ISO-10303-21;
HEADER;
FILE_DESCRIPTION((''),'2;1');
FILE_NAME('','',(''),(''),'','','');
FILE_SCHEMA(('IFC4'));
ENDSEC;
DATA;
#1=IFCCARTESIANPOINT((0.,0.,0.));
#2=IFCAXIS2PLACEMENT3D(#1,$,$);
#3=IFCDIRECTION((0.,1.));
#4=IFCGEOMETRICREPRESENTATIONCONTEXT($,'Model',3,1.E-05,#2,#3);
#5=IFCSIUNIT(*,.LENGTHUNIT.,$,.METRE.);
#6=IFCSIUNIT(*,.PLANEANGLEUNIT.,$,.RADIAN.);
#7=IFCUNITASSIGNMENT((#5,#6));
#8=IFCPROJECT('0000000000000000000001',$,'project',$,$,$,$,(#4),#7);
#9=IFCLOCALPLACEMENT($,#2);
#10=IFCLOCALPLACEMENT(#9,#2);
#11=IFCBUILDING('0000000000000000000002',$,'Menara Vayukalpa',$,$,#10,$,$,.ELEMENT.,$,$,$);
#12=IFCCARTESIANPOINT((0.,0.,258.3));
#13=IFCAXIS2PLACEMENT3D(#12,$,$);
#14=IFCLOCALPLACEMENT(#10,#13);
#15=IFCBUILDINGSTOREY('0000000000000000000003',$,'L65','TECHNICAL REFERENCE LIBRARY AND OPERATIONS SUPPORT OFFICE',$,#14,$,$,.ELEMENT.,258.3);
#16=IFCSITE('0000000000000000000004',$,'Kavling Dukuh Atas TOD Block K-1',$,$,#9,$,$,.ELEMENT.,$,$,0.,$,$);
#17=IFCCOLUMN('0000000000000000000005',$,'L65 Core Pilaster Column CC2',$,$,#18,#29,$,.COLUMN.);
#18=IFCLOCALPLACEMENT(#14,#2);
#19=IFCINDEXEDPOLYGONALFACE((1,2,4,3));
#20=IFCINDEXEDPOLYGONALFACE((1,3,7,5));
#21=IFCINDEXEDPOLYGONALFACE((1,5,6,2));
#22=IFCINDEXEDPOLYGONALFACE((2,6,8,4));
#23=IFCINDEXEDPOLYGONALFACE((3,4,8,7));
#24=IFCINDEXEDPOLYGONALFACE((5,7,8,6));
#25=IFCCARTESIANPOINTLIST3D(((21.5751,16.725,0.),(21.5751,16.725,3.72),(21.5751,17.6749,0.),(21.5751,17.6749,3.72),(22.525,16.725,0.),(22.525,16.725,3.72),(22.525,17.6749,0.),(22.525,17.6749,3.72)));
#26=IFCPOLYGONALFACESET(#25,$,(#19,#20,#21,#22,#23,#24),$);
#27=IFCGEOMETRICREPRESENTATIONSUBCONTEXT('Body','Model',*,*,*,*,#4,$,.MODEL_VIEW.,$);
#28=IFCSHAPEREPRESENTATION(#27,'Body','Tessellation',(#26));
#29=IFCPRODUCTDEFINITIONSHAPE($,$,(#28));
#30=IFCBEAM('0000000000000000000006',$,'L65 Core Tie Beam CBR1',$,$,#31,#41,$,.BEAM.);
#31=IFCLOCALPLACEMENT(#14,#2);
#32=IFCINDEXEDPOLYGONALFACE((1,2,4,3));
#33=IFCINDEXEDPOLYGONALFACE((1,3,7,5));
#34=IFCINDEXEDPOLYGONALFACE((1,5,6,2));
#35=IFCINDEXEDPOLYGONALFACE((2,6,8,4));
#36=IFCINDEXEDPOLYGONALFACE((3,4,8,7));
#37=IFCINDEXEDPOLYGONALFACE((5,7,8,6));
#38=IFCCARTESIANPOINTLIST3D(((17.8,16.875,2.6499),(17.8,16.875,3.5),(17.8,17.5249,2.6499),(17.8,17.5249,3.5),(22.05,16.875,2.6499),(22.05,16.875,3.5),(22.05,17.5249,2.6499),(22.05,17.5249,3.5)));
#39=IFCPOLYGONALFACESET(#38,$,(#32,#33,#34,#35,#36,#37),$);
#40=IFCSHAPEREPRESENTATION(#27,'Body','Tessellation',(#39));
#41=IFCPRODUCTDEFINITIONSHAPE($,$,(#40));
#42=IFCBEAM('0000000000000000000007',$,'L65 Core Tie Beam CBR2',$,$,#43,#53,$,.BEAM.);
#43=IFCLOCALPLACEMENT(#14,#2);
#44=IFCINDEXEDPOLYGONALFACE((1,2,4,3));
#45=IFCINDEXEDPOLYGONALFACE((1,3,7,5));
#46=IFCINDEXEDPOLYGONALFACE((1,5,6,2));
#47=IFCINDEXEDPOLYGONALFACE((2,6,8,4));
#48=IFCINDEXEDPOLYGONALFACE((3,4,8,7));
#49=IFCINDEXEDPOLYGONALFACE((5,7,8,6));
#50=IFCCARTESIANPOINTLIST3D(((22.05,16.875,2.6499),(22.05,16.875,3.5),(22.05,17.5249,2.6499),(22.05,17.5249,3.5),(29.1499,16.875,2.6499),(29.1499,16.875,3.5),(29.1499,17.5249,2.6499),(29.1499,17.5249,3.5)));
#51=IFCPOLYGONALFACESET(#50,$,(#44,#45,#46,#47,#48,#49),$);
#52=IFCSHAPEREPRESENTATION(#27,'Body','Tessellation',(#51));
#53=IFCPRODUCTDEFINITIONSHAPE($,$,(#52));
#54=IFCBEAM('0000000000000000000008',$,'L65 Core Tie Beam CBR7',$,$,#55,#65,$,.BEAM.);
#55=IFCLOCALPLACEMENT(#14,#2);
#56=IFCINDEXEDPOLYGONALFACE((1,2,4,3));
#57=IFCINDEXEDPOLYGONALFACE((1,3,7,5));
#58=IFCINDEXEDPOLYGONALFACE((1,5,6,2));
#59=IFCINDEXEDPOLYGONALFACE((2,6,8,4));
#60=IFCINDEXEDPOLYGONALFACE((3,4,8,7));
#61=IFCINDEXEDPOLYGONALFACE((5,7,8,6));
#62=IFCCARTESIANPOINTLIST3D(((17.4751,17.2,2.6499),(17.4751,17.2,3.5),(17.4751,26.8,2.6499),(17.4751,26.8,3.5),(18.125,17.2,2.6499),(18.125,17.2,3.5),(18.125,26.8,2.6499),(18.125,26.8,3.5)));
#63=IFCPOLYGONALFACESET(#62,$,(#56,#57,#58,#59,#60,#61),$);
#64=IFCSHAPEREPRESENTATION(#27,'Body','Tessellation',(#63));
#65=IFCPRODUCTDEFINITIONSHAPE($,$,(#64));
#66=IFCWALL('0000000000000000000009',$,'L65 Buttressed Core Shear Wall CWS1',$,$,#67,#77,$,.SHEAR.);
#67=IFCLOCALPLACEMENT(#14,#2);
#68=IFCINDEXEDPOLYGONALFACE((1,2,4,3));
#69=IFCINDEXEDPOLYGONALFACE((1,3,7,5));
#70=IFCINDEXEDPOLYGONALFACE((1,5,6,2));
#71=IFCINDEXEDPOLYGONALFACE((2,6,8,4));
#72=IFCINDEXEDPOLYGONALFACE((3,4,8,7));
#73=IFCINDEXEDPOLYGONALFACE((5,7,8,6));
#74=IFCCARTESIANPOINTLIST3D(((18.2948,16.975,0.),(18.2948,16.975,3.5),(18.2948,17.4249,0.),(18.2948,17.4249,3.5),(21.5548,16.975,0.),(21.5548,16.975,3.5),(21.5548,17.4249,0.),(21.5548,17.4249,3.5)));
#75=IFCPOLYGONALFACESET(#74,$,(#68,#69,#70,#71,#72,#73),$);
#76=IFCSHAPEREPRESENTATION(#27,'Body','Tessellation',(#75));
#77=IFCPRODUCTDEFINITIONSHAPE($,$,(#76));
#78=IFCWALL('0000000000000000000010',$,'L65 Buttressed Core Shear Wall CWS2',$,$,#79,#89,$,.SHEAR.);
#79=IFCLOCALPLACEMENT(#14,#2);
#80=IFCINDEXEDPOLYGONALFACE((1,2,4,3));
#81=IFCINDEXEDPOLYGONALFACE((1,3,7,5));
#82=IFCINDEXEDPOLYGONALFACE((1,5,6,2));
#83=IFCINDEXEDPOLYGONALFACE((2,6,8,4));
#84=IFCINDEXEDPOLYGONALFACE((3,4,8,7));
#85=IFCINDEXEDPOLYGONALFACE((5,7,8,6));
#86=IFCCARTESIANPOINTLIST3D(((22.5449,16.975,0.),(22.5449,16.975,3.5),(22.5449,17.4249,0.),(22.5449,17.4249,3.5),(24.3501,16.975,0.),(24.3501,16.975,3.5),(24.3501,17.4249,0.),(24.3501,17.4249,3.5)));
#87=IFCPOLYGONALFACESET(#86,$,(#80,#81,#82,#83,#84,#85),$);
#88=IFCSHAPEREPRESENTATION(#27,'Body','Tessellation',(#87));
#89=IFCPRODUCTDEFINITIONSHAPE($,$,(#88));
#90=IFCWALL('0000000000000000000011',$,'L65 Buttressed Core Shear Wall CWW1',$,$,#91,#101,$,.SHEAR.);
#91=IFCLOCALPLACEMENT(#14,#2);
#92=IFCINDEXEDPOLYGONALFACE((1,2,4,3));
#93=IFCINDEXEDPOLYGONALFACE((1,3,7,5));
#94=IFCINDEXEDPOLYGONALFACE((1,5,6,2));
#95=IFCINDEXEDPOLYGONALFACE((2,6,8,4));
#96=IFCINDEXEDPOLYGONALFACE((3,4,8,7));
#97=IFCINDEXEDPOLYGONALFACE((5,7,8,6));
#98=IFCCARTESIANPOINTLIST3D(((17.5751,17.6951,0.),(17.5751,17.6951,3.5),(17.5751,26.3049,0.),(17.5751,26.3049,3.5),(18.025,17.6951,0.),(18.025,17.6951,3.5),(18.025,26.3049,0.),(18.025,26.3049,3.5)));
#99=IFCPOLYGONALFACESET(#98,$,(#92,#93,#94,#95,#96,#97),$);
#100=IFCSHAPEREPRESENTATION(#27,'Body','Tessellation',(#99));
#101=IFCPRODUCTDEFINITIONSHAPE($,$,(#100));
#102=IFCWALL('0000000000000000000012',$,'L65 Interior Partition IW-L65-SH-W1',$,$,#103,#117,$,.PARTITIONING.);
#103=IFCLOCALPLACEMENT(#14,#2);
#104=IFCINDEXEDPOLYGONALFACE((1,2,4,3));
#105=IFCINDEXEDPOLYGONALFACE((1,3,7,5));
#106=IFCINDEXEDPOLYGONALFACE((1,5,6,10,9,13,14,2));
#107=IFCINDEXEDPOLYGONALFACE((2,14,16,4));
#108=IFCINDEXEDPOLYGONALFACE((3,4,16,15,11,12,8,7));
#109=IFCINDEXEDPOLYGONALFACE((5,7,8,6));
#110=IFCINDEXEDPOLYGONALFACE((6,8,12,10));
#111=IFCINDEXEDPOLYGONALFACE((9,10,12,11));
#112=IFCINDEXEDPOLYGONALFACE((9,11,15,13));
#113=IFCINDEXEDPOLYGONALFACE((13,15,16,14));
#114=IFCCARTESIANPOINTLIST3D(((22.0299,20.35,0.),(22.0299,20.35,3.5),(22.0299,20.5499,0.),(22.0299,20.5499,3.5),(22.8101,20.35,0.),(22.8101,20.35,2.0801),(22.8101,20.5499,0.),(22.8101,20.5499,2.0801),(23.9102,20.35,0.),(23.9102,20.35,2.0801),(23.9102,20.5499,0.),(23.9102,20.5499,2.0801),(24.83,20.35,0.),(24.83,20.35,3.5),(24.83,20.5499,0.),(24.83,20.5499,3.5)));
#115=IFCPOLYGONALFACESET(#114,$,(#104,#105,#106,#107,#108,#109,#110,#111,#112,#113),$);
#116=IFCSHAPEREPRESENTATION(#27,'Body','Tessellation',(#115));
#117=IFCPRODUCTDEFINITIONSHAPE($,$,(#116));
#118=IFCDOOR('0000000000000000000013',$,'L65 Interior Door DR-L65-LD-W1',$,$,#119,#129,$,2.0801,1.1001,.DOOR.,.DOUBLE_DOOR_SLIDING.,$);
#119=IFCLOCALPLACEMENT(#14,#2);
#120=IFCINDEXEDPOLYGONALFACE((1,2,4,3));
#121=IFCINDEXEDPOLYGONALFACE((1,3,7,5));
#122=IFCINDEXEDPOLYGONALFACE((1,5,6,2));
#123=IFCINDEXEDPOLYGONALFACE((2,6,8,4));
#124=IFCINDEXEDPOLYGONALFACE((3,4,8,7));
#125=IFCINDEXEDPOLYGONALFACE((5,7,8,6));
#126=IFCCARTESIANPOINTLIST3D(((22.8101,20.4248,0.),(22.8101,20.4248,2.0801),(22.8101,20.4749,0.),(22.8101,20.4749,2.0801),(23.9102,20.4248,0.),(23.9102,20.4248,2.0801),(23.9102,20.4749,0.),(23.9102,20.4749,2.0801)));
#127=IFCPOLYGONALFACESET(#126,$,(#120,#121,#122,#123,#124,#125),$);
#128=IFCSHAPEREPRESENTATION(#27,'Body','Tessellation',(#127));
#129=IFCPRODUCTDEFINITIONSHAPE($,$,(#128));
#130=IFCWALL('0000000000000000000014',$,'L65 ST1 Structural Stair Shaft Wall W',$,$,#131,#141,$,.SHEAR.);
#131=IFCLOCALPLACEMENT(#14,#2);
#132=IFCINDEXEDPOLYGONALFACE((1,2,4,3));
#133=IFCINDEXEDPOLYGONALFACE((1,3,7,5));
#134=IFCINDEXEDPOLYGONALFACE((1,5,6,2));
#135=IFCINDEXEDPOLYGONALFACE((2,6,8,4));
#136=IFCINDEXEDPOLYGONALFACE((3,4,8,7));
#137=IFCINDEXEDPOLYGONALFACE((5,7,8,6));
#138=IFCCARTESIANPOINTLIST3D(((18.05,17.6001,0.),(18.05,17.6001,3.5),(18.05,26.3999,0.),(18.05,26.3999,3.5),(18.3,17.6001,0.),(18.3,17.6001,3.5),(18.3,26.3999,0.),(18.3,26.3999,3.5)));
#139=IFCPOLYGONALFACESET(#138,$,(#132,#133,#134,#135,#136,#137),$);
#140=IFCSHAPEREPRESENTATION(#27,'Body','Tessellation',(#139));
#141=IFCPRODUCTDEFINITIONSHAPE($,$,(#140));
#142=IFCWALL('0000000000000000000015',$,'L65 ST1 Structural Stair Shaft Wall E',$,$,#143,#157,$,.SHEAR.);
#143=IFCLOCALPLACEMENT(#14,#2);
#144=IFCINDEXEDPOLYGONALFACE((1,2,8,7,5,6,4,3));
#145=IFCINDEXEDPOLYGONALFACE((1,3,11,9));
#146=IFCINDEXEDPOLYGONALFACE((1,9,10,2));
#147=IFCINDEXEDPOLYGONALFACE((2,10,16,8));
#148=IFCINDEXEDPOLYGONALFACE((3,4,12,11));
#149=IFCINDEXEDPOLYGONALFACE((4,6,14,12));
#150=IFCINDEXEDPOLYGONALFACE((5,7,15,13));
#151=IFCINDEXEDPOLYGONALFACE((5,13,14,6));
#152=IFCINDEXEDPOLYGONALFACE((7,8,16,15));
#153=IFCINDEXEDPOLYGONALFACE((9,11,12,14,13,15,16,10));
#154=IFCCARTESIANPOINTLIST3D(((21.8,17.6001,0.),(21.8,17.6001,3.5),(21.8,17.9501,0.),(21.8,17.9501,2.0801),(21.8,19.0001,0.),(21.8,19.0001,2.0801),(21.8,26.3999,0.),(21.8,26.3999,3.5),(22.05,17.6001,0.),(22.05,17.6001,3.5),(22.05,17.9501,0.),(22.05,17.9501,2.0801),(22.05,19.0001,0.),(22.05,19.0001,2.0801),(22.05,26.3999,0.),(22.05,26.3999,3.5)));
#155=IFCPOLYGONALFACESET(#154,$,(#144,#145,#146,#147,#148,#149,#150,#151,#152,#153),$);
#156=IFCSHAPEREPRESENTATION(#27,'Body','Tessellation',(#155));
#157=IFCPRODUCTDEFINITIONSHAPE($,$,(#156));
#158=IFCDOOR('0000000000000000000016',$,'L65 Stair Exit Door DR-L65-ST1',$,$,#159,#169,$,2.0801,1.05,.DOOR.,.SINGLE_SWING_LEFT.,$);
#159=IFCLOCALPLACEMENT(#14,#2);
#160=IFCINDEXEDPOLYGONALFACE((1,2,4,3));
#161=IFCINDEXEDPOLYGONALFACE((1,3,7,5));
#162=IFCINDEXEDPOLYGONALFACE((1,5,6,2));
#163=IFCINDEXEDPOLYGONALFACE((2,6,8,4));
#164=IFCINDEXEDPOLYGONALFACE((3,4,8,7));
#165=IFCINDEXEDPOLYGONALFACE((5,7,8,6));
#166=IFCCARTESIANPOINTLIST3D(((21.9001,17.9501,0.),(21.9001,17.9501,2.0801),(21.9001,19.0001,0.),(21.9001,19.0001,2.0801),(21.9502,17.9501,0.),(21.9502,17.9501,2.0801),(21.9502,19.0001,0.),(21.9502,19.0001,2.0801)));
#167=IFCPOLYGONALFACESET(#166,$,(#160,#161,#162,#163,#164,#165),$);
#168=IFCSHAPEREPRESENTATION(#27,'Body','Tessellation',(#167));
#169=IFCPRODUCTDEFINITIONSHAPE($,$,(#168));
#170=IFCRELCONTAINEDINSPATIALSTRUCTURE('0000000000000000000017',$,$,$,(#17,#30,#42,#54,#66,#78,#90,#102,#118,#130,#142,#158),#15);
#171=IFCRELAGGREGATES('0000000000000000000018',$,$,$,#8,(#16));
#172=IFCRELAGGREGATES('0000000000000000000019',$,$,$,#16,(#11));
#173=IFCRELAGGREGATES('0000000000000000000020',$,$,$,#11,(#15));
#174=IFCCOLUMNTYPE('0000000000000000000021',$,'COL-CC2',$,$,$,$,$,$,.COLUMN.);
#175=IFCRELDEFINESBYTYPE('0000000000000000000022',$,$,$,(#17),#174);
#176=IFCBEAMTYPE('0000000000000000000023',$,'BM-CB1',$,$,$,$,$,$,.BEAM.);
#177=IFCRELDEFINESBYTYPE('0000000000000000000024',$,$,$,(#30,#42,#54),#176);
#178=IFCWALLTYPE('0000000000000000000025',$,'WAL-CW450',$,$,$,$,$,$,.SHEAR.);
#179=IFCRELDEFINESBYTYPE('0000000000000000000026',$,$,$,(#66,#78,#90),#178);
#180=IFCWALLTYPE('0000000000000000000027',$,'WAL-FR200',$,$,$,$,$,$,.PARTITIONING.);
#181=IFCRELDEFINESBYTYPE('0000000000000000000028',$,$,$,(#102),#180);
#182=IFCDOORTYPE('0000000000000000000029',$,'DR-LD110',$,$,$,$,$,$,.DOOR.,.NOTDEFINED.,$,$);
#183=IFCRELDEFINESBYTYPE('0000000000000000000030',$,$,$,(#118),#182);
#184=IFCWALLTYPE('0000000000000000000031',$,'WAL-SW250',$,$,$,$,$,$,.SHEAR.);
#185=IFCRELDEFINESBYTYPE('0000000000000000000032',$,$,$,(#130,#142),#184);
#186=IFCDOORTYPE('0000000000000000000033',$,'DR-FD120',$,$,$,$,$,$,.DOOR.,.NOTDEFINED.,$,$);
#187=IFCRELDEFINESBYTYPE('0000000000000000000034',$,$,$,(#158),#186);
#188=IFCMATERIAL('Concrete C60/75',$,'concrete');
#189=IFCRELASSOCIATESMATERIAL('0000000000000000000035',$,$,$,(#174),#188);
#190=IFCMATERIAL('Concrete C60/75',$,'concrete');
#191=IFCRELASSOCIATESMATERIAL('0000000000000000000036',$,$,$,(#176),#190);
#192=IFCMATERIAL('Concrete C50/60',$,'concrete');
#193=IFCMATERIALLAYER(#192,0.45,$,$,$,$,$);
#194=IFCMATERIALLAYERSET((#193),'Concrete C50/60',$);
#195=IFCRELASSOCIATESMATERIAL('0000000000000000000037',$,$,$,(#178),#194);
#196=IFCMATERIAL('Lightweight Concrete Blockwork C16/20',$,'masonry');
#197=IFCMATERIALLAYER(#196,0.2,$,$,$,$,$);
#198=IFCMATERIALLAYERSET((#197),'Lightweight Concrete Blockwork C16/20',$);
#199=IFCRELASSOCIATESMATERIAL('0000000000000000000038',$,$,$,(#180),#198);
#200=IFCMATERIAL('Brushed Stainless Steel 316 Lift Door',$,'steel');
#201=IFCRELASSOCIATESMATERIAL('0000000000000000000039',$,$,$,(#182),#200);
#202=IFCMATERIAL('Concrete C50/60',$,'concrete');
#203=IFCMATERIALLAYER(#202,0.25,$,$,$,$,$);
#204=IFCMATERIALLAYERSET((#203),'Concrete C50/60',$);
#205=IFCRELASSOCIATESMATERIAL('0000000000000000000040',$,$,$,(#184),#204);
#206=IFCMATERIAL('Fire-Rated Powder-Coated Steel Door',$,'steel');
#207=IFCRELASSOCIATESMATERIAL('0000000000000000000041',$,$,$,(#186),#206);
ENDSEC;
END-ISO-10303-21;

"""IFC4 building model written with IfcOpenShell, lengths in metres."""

from ifc_helpers import new_model, si_unit, direction, frame, frame_2d, origin, origin_2d, place, context, subcontext, project, spatial, rectangle, extrude, material, layer, layer_set, material_profile, profile_set, type_object, element, fill, save


model = new_model("IFC4")

# Units and contexts
model_context = context("Model", 3, precision=1e-05, world=origin(), true_north=direction((0.0, 1.0)))
body_context = subcontext(model_context, "Body", "Model", "MODEL_VIEW")
ifc_project = project(units=[si_unit("LENGTHUNIT", "METRE"), si_unit("PLANEANGLEUNIT", "RADIAN")], contexts=[model_context])

# Site, building, storey
site_placement = place(None, origin())
site = spatial("IfcSite", under=ifc_project, at=site_placement, Name="Kavling Dukuh Atas TOD Block K-1", CompositionType="ELEMENT", RefElevation=0.0)
building_placement = place(site_placement, origin())
building = spatial("IfcBuilding", under=site, at=building_placement, Name="Menara Vayukalpa", CompositionType="ELEMENT")
storey_placement = place(building_placement, frame((0.0, 0.0, 258.3)))
storey = spatial("IfcBuildingStorey", under=building, at=storey_placement, Name="L65", Description="TECHNICAL REFERENCE LIBRARY AND OPERATIONS SUPPORT OFFICE", CompositionType="ELEMENT", Elevation=258.3)

# Column
ifc_material_1 = material(Name="Concrete C60/75", Category="concrete")
ifc_material_profile_1 = material_profile(ifc_material_1, rectangle(XDim=0.95, YDim=0.95, at=origin_2d()), Name="RC 950x950")
ifc_profile_set_1 = profile_set([ifc_material_profile_1], Name="Concrete C60/75")
column_type = type_object("IfcColumnType", Name="COL-CC2", PredefinedType="COLUMN", material=ifc_profile_set_1)
column_placement = place(storey_placement, frame((22.05, 17.2, 0.0), z_axis=(0.0, 0.0, 1.0), x_axis=(1.0, 0.0, 0.0)))
element("IfcColumn", 1, at=column_placement, inside=storey, type_object=column_type, Name="L65 Core Pilaster Column CC2", PredefinedType="COLUMN", context=body_context, shape_type="SweptSolid", body=[
    extrude(rectangle(XDim=0.95, YDim=0.95, at=origin_2d()), origin(), (0.0, 0.0, 1.0), 3.72),
])

# Beams
ifc_material_2 = material(Name="Concrete C60/75", Category="concrete")
ifc_material_profile_2 = material_profile(ifc_material_2, rectangle(XDim=0.6499, YDim=0.8501, at=origin_2d()), Name="RC 650x850")
ifc_profile_set_2 = profile_set([ifc_material_profile_2], Name="Concrete C60/75")
beam_type = type_object("IfcBeamType", Name="BM-CB1", PredefinedType="BEAM", material=ifc_profile_set_2)
beam_1_placement = place(storey_placement, frame((17.8, 17.2, 3.075), z_axis=(1.0, 0.0, 0.0), x_axis=(0.0, 1.0, 0.0)))
element("IfcBeam", 2, at=beam_1_placement, inside=storey, type_object=beam_type, Name="L65 Core Tie Beam CBR1", PredefinedType="BEAM", context=body_context, shape_type="SweptSolid", body=[
    extrude(rectangle(XDim=0.6499, YDim=0.8501, at=origin_2d()), origin(), (0.0, 0.0, 1.0), 4.25),
])
beam_2_placement = place(storey_placement, frame((22.05, 17.2, 3.075), z_axis=(1.0, 0.0, 0.0), x_axis=(0.0, 1.0, 0.0)))
element("IfcBeam", 3, at=beam_2_placement, inside=storey, type_object=beam_type, Name="L65 Core Tie Beam CBR2", PredefinedType="BEAM", context=body_context, shape_type="SweptSolid", body=[
    extrude(rectangle(XDim=0.6499, YDim=0.8501, at=origin_2d()), origin(), (0.0, 0.0, 1.0), 7.0999),
])
beam_3_placement = place(storey_placement, frame((17.8, 17.2, 3.075), z_axis=(0.0, 1.0, 0.0), x_axis=(-1.0, 0.0, 0.0)))
element("IfcBeam", 4, at=beam_3_placement, inside=storey, type_object=beam_type, Name="L65 Core Tie Beam CBR7", PredefinedType="BEAM", context=body_context, shape_type="SweptSolid", body=[
    extrude(rectangle(XDim=0.6499, YDim=0.8501, at=origin_2d()), origin(), (0.0, 0.0, 1.0), 9.6001),
])

# Walls
ifc_material_3 = material(Name="Concrete C50/60", Category="concrete")
ifc_layer_1 = layer(ifc_material_3, 0.45)
ifc_layer_set_1 = layer_set([ifc_layer_1], Name="Concrete C50/60")
wall_type_1 = type_object("IfcWallType", Name="WAL-CW450", PredefinedType="SHEAR", material=ifc_layer_set_1)
wall_1_placement = place(storey_placement, frame((18.2949, 17.2, 0.0), z_axis=(0.0, 0.0, 1.0), x_axis=(1.0, 0.0, 0.0)))
element("IfcWall", 5, at=wall_1_placement, inside=storey, type_object=wall_type_1, Name="L65 Buttressed Core Shear Wall CWS1", PredefinedType="SHEAR", context=body_context, shape_type="SweptSolid", body=[
    extrude(rectangle(XDim=3.26, YDim=0.45, at=frame_2d((1.6299, 0.0))), origin(), (0.0, 0.0, 1.0), 3.5),
])
wall_2_placement = place(storey_placement, frame((22.5449, 17.2, 0.0), z_axis=(0.0, 0.0, 1.0), x_axis=(1.0, 0.0, 0.0)))
element("IfcWall", 6, at=wall_2_placement, inside=storey, type_object=wall_type_1, Name="L65 Buttressed Core Shear Wall CWS2", PredefinedType="SHEAR", context=body_context, shape_type="SweptSolid", body=[
    extrude(rectangle(XDim=1.8052, YDim=0.45, at=frame_2d((0.9026, 0.0))), origin(), (0.0, 0.0, 1.0), 3.5),
])
wall_3_placement = place(storey_placement, frame((17.8, 17.6951, 0.0), z_axis=(0.0, 0.0, 1.0), x_axis=(0.0, 1.0, 0.0)))
element("IfcWall", 7, at=wall_3_placement, inside=storey, type_object=wall_type_1, Name="L65 Buttressed Core Shear Wall CWW1", PredefinedType="SHEAR", context=body_context, shape_type="SweptSolid", body=[
    extrude(rectangle(XDim=8.6099, YDim=0.45, at=frame_2d((4.3049, 0.0))), origin(), (0.0, 0.0, 1.0), 3.5),
])

# Wall, opening, door
ifc_material_4 = material(Name="Lightweight Concrete Blockwork C16/20", Category="masonry")
ifc_layer_2 = layer(ifc_material_4, 0.2)
ifc_layer_set_2 = layer_set([ifc_layer_2], Name="Lightweight Concrete Blockwork C16/20")
wall_type_2 = type_object("IfcWallType", Name="WAL-FR200", PredefinedType="PARTITIONING", material=ifc_layer_set_2)
wall_4_placement = place(storey_placement, frame((22.03, 20.45, 0.0), z_axis=(0.0, 0.0, 1.0), x_axis=(1.0, 0.0, 0.0)))
wall_4 = element("IfcWall", 8, at=wall_4_placement, inside=storey, type_object=wall_type_2, Name="L65 Interior Partition IW-L65-SH-W1", PredefinedType="PARTITIONING", context=body_context, shape_type="SweptSolid", body=[
    extrude(rectangle(XDim=2.8, YDim=0.2, at=frame_2d((1.3999, 0.0))), origin(), (0.0, 0.0, 1.0), 3.5),
])
opening_1_placement = place(wall_4_placement, frame((0.78, 0.0, 0.0)))
opening_1 = element("IfcOpeningElement", 9, at=opening_1_placement, cuts=wall_4, PredefinedType="OPENING", context=body_context, shape_type="SweptSolid", body=[
    extrude(rectangle(XDim=1.1001, YDim=2.0801, at=frame_2d((0.55, 1.04))), frame((0.0, 0.1099, 0.0), z_axis=(0.0, -1.0, 0.0), x_axis=(1.0, 0.0, 0.0)), (0.0, 0.0, 1.0), 0.22),
])
ifc_material_5 = material(Name="Brushed Stainless Steel 316 Lift Door", Category="steel")
door_type_1 = type_object("IfcDoorType", Name="DR-LD110", OperationType="NOTDEFINED", PredefinedType="DOOR", material=ifc_material_5)
door_1_placement = place(opening_1_placement, origin())
door_1 = element("IfcDoor", 10, at=door_1_placement, inside=storey, type_object=door_type_1, Name="L65 Interior Door DR-L65-LD-W1", OperationType="DOUBLE_DOOR_SLIDING", OverallHeight=2.0801, OverallWidth=1.1001, PredefinedType="DOOR", context=body_context, shape_type="SweptSolid", body=[
    extrude(rectangle(XDim=1.1001, YDim=2.0801, at=frame_2d((0.55, 1.04))), frame((0.0, 0.0249, 0.0), z_axis=(0.0, -1.0, 0.0), x_axis=(1.0, 0.0, 0.0)), (0.0, 0.0, 1.0), 0.05),
])
fill(opening_1, door_1)

# Wall
ifc_material_6 = material(Name="Concrete C50/60", Category="concrete")
ifc_layer_3 = layer(ifc_material_6, 0.25)
ifc_layer_set_3 = layer_set([ifc_layer_3], Name="Concrete C50/60")
wall_type_3 = type_object("IfcWallType", Name="WAL-SW250", PredefinedType="SHEAR", material=ifc_layer_set_3)
wall_5_placement = place(storey_placement, frame((18.175, 17.6001, 0.0), z_axis=(0.0, 0.0, 1.0), x_axis=(0.0, 1.0, 0.0)))
element("IfcWall", 11, at=wall_5_placement, inside=storey, type_object=wall_type_3, Name="L65 ST1 Structural Stair Shaft Wall W", PredefinedType="SHEAR", context=body_context, shape_type="SweptSolid", body=[
    extrude(rectangle(XDim=8.7998, YDim=0.25, at=frame_2d((4.3999, 0.0))), origin(), (0.0, 0.0, 1.0), 3.5),
])

# Wall, opening, door
wall_6_placement = place(storey_placement, frame((21.925, 17.6001, 0.0), z_axis=(0.0, 0.0, 1.0), x_axis=(0.0, 1.0, 0.0)))
wall_6 = element("IfcWall", 12, at=wall_6_placement, inside=storey, type_object=wall_type_3, Name="L65 ST1 Structural Stair Shaft Wall E", PredefinedType="SHEAR", context=body_context, shape_type="SweptSolid", body=[
    extrude(rectangle(XDim=8.7998, YDim=0.25, at=frame_2d((4.3999, 0.0))), origin(), (0.0, 0.0, 1.0), 3.5),
])
opening_2_placement = place(wall_6_placement, frame((0.3501, 0.0, 0.0)))
opening_2 = element("IfcOpeningElement", 13, at=opening_2_placement, cuts=wall_6, PredefinedType="OPENING", context=body_context, shape_type="SweptSolid", body=[
    extrude(rectangle(XDim=1.05, YDim=2.0801, at=frame_2d((0.5249, 1.04))), frame((0.0, 0.135, 0.0), z_axis=(0.0, -1.0, 0.0), x_axis=(1.0, 0.0, 0.0)), (0.0, 0.0, 1.0), 0.27),
])
ifc_material_7 = material(Name="Fire-Rated Powder-Coated Steel Door", Category="steel")
door_type_2 = type_object("IfcDoorType", Name="DR-FD120", OperationType="NOTDEFINED", PredefinedType="DOOR", material=ifc_material_7)
door_2_placement = place(opening_2_placement, origin())
door_2 = element("IfcDoor", 14, at=door_2_placement, inside=storey, type_object=door_type_2, Name="L65 Stair Exit Door DR-L65-ST1", OperationType="SINGLE_SWING_LEFT", OverallHeight=2.0801, OverallWidth=1.05, PredefinedType="DOOR", context=body_context, shape_type="SweptSolid", body=[
    extrude(rectangle(XDim=1.05, YDim=2.0801, at=frame_2d((0.5249, 1.04))), frame((0.0, 0.0249, 0.0), z_axis=(0.0, -1.0, 0.0), x_axis=(1.0, 0.0, 0.0)), (0.0, 0.0, 1.0), 0.05),
])
fill(opening_2, door_2)

save(model, "model.ifc")
